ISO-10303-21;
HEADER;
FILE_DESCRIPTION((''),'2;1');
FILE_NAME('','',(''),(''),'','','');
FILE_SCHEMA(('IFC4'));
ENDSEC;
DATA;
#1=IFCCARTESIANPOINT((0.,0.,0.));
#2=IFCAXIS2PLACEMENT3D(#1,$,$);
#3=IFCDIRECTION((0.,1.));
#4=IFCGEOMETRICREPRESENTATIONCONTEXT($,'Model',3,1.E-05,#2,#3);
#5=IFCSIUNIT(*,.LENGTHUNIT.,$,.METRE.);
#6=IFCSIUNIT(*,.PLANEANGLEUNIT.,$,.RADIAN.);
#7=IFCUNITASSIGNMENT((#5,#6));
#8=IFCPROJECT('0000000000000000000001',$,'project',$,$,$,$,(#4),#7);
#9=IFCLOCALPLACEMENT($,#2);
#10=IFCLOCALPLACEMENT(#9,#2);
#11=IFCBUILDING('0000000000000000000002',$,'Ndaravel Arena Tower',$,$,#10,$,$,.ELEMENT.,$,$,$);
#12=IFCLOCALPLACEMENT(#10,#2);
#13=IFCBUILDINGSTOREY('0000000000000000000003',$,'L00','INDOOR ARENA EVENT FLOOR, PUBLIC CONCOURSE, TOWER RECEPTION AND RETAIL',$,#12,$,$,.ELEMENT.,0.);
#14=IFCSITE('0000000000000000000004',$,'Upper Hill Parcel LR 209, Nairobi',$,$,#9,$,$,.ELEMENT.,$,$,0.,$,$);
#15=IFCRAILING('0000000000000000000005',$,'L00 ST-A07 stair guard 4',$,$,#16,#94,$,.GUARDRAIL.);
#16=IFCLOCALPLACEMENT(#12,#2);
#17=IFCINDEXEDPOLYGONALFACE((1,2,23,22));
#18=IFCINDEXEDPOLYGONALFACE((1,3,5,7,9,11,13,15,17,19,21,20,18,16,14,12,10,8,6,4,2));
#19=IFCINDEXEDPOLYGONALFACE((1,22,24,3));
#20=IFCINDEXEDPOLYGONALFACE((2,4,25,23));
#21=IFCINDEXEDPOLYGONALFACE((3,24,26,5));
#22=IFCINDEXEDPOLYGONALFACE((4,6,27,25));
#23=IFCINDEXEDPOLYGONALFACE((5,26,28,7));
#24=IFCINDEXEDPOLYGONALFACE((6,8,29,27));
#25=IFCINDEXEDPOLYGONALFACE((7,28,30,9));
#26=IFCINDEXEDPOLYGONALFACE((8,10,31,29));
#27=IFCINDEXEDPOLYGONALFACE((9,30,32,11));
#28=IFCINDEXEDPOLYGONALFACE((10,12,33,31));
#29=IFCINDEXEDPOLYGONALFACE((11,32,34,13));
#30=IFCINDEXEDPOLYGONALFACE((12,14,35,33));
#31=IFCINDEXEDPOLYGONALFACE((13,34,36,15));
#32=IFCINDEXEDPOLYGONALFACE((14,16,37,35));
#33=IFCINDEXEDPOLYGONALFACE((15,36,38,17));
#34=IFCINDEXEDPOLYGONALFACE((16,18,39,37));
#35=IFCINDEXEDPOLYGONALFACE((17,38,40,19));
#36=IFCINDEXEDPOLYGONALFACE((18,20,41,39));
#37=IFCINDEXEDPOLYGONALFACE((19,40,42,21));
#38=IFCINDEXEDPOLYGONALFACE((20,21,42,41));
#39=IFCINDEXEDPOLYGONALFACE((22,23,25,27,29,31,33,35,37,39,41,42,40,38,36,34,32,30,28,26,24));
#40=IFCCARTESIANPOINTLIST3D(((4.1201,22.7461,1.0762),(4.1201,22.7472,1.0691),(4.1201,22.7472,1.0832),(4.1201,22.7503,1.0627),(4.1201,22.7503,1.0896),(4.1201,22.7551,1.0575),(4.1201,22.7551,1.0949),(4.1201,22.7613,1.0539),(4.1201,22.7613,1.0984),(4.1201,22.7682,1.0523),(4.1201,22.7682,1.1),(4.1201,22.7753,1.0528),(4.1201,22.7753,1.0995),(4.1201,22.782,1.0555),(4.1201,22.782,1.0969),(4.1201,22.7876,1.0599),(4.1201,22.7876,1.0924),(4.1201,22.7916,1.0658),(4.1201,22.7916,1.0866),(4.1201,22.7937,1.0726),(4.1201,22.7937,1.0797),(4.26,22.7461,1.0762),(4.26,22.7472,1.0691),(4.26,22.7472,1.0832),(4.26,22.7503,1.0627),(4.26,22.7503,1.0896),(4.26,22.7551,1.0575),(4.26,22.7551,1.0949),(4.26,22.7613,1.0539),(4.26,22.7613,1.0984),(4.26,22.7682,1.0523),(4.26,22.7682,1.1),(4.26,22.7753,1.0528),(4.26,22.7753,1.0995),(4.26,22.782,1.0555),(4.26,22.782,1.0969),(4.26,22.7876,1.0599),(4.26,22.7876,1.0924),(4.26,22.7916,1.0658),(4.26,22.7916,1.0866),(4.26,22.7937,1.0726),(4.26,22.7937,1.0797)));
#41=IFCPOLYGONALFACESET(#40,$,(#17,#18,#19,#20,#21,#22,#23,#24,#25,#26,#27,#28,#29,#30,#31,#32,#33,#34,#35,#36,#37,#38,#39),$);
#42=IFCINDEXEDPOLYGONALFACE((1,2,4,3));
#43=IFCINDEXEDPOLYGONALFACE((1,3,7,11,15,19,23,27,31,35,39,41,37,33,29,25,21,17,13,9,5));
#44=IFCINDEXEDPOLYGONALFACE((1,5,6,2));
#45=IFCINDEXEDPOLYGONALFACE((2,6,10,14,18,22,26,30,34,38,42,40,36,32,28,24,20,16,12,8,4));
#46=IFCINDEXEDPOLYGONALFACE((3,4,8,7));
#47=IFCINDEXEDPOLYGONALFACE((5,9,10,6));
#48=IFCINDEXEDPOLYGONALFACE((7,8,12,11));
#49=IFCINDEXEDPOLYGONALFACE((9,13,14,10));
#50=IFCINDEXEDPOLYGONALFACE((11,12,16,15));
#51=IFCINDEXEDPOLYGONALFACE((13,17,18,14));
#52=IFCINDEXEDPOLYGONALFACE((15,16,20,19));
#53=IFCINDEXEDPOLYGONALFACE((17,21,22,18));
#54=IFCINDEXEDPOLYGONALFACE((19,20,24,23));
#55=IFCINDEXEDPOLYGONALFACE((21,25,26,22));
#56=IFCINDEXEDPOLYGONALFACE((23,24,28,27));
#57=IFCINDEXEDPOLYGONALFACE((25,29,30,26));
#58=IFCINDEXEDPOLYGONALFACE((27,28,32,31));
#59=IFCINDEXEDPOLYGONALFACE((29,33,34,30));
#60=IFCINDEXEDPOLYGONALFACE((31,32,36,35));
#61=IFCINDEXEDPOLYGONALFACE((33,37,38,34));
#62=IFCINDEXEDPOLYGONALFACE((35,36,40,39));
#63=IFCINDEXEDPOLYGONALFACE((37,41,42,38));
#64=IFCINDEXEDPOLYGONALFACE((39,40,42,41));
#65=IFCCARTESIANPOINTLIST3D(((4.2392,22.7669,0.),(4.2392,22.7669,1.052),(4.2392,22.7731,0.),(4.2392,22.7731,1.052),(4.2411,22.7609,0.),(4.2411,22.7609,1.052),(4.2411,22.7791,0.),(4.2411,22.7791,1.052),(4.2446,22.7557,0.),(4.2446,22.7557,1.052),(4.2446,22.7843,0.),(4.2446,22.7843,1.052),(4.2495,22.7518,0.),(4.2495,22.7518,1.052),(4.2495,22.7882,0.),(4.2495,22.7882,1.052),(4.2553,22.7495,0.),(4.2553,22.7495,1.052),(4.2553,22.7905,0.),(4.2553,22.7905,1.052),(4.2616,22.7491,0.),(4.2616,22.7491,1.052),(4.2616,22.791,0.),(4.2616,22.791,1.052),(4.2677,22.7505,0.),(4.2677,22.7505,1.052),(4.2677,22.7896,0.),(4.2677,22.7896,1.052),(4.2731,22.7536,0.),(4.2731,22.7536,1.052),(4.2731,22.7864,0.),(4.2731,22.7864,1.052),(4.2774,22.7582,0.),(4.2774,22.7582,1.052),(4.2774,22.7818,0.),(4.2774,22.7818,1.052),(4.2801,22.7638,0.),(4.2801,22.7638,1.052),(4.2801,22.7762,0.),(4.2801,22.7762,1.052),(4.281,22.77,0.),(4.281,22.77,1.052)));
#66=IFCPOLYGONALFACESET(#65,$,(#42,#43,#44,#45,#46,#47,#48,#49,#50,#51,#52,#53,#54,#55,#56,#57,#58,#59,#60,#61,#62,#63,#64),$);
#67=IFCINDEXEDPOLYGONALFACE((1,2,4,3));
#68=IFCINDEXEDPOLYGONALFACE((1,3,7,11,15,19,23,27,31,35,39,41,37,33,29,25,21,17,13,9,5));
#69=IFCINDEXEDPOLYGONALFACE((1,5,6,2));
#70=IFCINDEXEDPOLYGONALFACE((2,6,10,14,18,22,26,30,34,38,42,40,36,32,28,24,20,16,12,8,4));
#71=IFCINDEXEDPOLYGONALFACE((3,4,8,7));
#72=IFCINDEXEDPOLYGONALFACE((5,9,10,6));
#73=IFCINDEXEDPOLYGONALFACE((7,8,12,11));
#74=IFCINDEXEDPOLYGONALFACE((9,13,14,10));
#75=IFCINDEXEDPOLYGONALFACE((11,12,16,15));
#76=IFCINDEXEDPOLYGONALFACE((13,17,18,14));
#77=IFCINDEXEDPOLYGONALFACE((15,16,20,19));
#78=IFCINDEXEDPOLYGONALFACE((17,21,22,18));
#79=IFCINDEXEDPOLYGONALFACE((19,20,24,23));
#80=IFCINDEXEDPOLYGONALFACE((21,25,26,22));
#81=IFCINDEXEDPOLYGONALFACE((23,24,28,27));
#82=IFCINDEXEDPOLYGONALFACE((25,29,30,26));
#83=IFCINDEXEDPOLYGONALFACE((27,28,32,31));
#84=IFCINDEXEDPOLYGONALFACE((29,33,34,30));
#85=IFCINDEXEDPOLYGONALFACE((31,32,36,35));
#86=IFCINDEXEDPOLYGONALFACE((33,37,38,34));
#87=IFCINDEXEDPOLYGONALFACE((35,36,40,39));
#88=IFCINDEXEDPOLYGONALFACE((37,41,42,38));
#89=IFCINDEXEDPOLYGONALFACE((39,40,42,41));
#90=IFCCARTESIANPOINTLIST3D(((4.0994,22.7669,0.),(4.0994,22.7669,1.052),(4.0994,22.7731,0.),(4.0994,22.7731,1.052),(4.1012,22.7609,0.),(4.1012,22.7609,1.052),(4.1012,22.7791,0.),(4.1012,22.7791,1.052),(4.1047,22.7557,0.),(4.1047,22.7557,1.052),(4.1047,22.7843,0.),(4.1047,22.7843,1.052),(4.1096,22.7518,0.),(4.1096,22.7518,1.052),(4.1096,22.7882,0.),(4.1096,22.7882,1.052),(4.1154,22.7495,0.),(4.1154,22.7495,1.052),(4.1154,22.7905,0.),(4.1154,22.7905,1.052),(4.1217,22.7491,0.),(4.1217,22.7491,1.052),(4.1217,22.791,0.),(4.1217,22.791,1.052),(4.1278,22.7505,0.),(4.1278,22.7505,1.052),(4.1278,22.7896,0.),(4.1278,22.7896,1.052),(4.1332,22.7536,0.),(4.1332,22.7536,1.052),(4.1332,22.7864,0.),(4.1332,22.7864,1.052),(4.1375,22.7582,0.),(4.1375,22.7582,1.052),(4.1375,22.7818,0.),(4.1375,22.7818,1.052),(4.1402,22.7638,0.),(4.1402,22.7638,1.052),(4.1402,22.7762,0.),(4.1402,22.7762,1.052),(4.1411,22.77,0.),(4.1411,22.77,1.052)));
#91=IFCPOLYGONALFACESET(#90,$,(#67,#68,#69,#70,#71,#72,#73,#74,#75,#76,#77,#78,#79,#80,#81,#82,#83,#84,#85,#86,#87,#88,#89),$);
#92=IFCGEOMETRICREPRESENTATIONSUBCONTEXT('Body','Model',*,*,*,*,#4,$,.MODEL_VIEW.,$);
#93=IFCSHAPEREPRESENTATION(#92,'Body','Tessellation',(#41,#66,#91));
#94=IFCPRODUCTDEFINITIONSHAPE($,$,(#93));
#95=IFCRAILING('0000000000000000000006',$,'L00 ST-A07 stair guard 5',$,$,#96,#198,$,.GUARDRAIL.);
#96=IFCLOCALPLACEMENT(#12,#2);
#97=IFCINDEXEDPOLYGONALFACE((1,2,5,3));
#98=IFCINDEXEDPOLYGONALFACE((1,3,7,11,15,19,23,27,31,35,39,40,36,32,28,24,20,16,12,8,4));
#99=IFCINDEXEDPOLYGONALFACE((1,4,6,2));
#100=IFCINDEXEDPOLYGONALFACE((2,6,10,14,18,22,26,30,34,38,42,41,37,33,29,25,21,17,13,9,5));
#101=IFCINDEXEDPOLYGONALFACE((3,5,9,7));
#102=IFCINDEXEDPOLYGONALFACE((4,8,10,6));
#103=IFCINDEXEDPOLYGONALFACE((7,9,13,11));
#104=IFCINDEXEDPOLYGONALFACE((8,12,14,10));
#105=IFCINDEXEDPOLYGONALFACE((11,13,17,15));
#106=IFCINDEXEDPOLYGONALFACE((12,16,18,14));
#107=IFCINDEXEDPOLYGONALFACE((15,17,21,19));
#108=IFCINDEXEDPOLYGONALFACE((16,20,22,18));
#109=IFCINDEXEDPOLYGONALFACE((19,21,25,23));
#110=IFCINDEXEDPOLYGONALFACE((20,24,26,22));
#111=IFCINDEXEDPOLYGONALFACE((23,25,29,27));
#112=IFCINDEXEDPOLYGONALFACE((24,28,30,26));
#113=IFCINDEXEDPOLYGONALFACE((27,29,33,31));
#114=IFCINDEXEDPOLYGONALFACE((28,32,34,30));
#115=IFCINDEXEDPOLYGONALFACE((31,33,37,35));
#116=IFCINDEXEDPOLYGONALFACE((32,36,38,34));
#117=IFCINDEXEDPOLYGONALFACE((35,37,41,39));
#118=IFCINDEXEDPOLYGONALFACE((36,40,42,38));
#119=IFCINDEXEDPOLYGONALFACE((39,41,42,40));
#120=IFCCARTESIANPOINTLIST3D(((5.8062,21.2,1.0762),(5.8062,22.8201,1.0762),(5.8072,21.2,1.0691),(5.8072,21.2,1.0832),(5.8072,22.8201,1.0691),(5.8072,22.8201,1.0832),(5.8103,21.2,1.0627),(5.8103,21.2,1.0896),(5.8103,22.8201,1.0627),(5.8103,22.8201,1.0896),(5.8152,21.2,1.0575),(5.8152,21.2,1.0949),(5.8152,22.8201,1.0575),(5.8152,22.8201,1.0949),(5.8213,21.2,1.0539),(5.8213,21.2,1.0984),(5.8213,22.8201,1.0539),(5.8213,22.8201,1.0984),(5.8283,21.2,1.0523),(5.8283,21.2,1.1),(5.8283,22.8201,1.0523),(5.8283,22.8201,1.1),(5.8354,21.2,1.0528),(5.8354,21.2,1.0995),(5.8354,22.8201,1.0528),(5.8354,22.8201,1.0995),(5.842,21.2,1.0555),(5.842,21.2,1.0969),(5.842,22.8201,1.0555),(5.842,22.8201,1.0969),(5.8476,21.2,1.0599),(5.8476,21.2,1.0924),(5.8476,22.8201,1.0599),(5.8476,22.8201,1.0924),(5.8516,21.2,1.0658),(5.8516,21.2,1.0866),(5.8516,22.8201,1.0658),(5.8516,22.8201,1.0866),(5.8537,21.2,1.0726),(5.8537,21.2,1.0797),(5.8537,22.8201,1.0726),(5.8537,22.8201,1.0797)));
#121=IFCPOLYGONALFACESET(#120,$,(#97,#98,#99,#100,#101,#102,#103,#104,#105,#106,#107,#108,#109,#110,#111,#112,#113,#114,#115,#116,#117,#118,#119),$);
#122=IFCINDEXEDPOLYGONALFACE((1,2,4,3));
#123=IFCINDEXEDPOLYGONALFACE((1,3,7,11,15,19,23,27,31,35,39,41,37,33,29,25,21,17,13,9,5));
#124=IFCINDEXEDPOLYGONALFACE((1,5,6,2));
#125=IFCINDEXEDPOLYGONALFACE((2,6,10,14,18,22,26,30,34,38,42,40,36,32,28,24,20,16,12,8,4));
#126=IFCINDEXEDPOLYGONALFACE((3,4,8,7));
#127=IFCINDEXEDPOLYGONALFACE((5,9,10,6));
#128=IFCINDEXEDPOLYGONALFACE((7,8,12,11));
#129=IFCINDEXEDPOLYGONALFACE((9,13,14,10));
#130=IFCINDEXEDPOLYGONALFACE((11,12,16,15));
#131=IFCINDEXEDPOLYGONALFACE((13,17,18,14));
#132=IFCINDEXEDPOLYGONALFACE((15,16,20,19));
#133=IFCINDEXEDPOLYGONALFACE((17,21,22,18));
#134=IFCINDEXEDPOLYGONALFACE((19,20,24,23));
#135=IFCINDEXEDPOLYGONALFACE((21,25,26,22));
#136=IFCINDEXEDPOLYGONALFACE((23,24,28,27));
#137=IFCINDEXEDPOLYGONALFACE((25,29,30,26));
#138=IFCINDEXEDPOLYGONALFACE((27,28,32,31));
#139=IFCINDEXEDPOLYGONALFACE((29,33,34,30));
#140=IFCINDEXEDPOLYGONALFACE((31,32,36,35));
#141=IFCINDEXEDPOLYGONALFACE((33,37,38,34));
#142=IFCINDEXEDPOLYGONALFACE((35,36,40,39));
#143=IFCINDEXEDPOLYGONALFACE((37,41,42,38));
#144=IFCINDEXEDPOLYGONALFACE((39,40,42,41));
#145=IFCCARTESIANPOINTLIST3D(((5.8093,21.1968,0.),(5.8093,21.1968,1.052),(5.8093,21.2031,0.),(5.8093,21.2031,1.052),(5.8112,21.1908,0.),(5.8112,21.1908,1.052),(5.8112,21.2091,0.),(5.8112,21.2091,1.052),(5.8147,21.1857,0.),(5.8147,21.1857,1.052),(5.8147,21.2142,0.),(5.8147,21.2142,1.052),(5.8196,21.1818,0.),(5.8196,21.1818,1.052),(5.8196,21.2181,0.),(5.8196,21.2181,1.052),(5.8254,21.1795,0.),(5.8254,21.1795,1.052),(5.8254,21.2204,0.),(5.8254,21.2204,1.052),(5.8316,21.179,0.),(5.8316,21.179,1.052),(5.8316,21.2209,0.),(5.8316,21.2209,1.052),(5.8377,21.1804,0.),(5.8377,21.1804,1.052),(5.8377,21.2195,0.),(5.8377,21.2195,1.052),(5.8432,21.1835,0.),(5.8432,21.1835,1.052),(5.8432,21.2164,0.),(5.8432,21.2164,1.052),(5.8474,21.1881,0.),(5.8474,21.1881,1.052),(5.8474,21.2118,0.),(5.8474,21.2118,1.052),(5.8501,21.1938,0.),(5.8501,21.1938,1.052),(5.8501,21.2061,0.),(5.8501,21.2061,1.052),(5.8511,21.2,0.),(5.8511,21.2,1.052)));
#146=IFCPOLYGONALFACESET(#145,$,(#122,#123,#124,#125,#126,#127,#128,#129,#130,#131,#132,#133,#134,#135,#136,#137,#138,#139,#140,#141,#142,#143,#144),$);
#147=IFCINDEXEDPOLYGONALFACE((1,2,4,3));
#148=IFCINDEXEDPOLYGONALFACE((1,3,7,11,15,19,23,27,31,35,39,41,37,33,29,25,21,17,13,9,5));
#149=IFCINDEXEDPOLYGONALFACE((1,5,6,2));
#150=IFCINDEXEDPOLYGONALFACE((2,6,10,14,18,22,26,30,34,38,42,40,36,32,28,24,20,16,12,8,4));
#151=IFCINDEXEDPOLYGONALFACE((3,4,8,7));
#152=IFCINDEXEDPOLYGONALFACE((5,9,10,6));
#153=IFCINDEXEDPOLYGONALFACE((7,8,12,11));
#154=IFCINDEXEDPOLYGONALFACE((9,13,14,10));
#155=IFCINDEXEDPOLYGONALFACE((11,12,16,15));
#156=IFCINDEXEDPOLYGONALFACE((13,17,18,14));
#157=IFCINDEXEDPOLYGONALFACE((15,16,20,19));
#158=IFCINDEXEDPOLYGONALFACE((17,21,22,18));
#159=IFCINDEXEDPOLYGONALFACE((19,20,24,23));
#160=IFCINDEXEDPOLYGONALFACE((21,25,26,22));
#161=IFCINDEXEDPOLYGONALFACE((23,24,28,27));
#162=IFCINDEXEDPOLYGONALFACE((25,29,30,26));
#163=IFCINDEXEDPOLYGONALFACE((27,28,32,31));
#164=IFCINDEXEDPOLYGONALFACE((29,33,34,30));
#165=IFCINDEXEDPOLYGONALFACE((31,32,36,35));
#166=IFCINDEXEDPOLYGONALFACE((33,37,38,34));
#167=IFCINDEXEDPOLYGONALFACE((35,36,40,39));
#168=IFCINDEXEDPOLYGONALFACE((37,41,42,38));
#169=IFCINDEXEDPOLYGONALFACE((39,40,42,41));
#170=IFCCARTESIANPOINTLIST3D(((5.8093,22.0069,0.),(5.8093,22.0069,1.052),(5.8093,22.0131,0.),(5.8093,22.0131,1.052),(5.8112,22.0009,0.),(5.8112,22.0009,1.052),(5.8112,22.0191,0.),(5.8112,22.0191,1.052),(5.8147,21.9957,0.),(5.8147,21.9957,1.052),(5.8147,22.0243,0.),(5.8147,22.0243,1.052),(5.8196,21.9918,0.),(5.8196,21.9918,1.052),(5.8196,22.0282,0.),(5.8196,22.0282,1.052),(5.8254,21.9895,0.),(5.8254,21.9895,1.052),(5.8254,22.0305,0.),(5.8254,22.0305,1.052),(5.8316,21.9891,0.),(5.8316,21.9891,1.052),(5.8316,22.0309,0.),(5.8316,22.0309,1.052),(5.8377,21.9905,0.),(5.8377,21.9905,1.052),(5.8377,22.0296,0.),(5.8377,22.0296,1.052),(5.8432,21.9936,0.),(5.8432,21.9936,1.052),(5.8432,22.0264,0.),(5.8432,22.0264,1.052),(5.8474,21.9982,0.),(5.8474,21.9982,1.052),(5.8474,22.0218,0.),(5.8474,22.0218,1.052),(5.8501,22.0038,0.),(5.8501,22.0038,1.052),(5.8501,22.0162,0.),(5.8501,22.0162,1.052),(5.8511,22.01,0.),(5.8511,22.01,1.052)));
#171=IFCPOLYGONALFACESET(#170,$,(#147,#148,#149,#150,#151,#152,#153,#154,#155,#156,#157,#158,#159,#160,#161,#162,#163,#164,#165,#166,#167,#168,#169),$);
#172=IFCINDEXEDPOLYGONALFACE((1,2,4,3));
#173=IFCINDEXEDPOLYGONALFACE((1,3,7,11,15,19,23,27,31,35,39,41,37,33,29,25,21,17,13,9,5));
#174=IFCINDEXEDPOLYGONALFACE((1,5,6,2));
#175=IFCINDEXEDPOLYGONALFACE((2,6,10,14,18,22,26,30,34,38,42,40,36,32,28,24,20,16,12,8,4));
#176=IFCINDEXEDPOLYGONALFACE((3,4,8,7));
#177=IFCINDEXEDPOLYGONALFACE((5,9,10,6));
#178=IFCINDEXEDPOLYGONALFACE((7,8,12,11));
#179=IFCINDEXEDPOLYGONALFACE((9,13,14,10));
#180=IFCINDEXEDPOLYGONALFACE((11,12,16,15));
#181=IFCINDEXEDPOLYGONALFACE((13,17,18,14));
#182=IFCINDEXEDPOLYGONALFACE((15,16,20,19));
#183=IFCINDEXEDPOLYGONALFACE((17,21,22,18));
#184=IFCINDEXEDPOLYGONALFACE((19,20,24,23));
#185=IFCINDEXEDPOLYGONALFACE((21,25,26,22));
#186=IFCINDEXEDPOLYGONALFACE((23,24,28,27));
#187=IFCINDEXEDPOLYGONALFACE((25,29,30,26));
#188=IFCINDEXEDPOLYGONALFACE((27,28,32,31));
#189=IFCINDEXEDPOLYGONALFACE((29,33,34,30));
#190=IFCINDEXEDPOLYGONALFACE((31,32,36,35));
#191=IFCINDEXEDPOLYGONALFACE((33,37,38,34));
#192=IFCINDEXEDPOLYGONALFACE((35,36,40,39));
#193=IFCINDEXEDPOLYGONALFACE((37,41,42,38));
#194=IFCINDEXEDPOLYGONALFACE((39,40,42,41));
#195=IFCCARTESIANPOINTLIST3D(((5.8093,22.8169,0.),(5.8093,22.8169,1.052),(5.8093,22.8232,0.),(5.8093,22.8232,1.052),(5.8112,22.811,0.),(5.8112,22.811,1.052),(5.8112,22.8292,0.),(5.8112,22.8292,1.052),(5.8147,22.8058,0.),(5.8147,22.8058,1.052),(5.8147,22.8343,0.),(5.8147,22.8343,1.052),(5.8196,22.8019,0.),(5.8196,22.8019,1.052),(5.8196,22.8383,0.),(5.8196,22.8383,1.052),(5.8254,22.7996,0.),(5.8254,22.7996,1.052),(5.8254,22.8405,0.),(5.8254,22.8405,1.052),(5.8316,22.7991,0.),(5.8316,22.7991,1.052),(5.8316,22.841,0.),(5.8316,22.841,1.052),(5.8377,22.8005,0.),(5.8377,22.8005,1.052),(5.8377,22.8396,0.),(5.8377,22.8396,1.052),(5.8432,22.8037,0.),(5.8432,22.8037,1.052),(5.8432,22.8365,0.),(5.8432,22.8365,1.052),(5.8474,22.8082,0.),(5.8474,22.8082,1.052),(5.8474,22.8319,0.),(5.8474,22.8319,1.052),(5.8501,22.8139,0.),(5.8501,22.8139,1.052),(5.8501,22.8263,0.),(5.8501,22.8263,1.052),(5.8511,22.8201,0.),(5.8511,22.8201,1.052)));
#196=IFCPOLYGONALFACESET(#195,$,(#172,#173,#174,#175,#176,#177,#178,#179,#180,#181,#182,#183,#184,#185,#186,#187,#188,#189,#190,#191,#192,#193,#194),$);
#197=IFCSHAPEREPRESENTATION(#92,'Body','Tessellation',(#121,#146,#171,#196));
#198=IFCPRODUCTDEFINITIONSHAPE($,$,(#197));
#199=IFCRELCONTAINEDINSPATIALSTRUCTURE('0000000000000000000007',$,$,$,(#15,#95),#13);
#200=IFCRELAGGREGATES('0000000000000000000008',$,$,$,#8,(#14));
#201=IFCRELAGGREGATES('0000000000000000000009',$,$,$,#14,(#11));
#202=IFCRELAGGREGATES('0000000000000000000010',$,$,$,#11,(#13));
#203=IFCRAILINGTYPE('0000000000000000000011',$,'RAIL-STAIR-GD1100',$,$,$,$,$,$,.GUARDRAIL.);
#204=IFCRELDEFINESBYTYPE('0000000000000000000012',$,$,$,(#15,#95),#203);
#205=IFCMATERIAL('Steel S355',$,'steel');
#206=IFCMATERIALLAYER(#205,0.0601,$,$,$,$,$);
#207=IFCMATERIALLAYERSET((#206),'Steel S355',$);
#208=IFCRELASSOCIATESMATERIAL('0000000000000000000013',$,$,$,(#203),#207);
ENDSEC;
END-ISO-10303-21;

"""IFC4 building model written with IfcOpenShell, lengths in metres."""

from ifc_helpers import new_model, si_unit, direction, frame, origin, origin_2d, place, context, subcontext, project, spatial, circle, extrude, material, layer, layer_set, type_object, element, save


model = new_model("IFC4")

# Units and contexts
model_context = context("Model", 3, precision=1e-05, world=origin(), true_north=direction((0.0, 1.0)))
body_context = subcontext(model_context, "Body", "Model", "MODEL_VIEW")
ifc_project = project(units=[si_unit("LENGTHUNIT", "METRE"), si_unit("PLANEANGLEUNIT", "RADIAN")], contexts=[model_context])

# Site, building, storey
site_placement = place(None, origin())
site = spatial("IfcSite", under=ifc_project, at=site_placement, Name="Upper Hill Parcel LR 209, Nairobi", CompositionType="ELEMENT", RefElevation=0.0)
building_placement = place(site_placement, origin())
building = spatial("IfcBuilding", under=site, at=building_placement, Name="Ndaravel Arena Tower", CompositionType="ELEMENT")
storey_placement = place(building_placement, origin())
storey = spatial("IfcBuildingStorey", under=building, at=storey_placement, Name="L00", Description="INDOOR ARENA EVENT FLOOR, PUBLIC CONCOURSE, TOWER RECEPTION AND RETAIL", CompositionType="ELEMENT", Elevation=0.0)

# Railings
ifc_material_1 = material(Name="Steel S355", Category="steel")
ifc_layer_1 = layer(ifc_material_1, 0.0601)
ifc_layer_set_1 = layer_set([ifc_layer_1], Name="Steel S355")
railing_type_1 = type_object("IfcRailingType", Name="RAIL-STAIR-GD1100", PredefinedType="GUARDRAIL", material=ifc_layer_set_1)
railing_1_placement = place(storey_placement, frame((4.26, 22.77, 0.0)))
element("IfcRailing", 1, at=railing_1_placement, inside=storey, type_object=railing_type_1, Name="L00 ST-A07 stair guard 4", PredefinedType="GUARDRAIL", context=body_context, shape_type="SweptSolid", body=[
    extrude(circle(Radius=0.0239, at=origin_2d()), frame((0.0, 0.0, 1.0762), z_axis=(-1.0, 0.0, 0.0), x_axis=(0.0, -1.0, 0.0)), (0.0, 0.0, 1.0), 0.1399),
    extrude(circle(Radius=0.021, at=origin_2d()), origin(), (0.0, 0.0, 1.0), 1.052),
    extrude(circle(Radius=0.021, at=origin_2d()), frame((-0.1399, 0.0, 0.0)), (0.0, 0.0, 1.0), 1.052),
])
for number, where, name in (
    (2, (5.8301, 21.2, 0.0), "L00 ST-A07 stair guard 5"),
):
    element("IfcRailing", number, at=place(storey_placement, frame(where)), inside=storey, type_object=railing_type_1, Name=name, PredefinedType="GUARDRAIL", context=body_context, shape_type="SweptSolid", body=[
        extrude(circle(Radius=0.0239, at=origin_2d()), frame((0.0, 0.0, 1.0762), z_axis=(0.0, 1.0, 0.0), x_axis=(-1.0, 0.0, 0.0)), (0.0, 0.0, 1.0), 1.6201),
        extrude(circle(Radius=0.021, at=origin_2d()), origin(), (0.0, 0.0, 1.0), 1.052),
        extrude(circle(Radius=0.021, at=origin_2d()), frame((0.0, 0.8101, 0.0)), (0.0, 0.0, 1.0), 1.052),
        extrude(circle(Radius=0.021, at=origin_2d()), frame((0.0, 1.6201, 0.0)), (0.0, 0.0, 1.0), 1.052),
    ])

save(model, "model.ifc")
